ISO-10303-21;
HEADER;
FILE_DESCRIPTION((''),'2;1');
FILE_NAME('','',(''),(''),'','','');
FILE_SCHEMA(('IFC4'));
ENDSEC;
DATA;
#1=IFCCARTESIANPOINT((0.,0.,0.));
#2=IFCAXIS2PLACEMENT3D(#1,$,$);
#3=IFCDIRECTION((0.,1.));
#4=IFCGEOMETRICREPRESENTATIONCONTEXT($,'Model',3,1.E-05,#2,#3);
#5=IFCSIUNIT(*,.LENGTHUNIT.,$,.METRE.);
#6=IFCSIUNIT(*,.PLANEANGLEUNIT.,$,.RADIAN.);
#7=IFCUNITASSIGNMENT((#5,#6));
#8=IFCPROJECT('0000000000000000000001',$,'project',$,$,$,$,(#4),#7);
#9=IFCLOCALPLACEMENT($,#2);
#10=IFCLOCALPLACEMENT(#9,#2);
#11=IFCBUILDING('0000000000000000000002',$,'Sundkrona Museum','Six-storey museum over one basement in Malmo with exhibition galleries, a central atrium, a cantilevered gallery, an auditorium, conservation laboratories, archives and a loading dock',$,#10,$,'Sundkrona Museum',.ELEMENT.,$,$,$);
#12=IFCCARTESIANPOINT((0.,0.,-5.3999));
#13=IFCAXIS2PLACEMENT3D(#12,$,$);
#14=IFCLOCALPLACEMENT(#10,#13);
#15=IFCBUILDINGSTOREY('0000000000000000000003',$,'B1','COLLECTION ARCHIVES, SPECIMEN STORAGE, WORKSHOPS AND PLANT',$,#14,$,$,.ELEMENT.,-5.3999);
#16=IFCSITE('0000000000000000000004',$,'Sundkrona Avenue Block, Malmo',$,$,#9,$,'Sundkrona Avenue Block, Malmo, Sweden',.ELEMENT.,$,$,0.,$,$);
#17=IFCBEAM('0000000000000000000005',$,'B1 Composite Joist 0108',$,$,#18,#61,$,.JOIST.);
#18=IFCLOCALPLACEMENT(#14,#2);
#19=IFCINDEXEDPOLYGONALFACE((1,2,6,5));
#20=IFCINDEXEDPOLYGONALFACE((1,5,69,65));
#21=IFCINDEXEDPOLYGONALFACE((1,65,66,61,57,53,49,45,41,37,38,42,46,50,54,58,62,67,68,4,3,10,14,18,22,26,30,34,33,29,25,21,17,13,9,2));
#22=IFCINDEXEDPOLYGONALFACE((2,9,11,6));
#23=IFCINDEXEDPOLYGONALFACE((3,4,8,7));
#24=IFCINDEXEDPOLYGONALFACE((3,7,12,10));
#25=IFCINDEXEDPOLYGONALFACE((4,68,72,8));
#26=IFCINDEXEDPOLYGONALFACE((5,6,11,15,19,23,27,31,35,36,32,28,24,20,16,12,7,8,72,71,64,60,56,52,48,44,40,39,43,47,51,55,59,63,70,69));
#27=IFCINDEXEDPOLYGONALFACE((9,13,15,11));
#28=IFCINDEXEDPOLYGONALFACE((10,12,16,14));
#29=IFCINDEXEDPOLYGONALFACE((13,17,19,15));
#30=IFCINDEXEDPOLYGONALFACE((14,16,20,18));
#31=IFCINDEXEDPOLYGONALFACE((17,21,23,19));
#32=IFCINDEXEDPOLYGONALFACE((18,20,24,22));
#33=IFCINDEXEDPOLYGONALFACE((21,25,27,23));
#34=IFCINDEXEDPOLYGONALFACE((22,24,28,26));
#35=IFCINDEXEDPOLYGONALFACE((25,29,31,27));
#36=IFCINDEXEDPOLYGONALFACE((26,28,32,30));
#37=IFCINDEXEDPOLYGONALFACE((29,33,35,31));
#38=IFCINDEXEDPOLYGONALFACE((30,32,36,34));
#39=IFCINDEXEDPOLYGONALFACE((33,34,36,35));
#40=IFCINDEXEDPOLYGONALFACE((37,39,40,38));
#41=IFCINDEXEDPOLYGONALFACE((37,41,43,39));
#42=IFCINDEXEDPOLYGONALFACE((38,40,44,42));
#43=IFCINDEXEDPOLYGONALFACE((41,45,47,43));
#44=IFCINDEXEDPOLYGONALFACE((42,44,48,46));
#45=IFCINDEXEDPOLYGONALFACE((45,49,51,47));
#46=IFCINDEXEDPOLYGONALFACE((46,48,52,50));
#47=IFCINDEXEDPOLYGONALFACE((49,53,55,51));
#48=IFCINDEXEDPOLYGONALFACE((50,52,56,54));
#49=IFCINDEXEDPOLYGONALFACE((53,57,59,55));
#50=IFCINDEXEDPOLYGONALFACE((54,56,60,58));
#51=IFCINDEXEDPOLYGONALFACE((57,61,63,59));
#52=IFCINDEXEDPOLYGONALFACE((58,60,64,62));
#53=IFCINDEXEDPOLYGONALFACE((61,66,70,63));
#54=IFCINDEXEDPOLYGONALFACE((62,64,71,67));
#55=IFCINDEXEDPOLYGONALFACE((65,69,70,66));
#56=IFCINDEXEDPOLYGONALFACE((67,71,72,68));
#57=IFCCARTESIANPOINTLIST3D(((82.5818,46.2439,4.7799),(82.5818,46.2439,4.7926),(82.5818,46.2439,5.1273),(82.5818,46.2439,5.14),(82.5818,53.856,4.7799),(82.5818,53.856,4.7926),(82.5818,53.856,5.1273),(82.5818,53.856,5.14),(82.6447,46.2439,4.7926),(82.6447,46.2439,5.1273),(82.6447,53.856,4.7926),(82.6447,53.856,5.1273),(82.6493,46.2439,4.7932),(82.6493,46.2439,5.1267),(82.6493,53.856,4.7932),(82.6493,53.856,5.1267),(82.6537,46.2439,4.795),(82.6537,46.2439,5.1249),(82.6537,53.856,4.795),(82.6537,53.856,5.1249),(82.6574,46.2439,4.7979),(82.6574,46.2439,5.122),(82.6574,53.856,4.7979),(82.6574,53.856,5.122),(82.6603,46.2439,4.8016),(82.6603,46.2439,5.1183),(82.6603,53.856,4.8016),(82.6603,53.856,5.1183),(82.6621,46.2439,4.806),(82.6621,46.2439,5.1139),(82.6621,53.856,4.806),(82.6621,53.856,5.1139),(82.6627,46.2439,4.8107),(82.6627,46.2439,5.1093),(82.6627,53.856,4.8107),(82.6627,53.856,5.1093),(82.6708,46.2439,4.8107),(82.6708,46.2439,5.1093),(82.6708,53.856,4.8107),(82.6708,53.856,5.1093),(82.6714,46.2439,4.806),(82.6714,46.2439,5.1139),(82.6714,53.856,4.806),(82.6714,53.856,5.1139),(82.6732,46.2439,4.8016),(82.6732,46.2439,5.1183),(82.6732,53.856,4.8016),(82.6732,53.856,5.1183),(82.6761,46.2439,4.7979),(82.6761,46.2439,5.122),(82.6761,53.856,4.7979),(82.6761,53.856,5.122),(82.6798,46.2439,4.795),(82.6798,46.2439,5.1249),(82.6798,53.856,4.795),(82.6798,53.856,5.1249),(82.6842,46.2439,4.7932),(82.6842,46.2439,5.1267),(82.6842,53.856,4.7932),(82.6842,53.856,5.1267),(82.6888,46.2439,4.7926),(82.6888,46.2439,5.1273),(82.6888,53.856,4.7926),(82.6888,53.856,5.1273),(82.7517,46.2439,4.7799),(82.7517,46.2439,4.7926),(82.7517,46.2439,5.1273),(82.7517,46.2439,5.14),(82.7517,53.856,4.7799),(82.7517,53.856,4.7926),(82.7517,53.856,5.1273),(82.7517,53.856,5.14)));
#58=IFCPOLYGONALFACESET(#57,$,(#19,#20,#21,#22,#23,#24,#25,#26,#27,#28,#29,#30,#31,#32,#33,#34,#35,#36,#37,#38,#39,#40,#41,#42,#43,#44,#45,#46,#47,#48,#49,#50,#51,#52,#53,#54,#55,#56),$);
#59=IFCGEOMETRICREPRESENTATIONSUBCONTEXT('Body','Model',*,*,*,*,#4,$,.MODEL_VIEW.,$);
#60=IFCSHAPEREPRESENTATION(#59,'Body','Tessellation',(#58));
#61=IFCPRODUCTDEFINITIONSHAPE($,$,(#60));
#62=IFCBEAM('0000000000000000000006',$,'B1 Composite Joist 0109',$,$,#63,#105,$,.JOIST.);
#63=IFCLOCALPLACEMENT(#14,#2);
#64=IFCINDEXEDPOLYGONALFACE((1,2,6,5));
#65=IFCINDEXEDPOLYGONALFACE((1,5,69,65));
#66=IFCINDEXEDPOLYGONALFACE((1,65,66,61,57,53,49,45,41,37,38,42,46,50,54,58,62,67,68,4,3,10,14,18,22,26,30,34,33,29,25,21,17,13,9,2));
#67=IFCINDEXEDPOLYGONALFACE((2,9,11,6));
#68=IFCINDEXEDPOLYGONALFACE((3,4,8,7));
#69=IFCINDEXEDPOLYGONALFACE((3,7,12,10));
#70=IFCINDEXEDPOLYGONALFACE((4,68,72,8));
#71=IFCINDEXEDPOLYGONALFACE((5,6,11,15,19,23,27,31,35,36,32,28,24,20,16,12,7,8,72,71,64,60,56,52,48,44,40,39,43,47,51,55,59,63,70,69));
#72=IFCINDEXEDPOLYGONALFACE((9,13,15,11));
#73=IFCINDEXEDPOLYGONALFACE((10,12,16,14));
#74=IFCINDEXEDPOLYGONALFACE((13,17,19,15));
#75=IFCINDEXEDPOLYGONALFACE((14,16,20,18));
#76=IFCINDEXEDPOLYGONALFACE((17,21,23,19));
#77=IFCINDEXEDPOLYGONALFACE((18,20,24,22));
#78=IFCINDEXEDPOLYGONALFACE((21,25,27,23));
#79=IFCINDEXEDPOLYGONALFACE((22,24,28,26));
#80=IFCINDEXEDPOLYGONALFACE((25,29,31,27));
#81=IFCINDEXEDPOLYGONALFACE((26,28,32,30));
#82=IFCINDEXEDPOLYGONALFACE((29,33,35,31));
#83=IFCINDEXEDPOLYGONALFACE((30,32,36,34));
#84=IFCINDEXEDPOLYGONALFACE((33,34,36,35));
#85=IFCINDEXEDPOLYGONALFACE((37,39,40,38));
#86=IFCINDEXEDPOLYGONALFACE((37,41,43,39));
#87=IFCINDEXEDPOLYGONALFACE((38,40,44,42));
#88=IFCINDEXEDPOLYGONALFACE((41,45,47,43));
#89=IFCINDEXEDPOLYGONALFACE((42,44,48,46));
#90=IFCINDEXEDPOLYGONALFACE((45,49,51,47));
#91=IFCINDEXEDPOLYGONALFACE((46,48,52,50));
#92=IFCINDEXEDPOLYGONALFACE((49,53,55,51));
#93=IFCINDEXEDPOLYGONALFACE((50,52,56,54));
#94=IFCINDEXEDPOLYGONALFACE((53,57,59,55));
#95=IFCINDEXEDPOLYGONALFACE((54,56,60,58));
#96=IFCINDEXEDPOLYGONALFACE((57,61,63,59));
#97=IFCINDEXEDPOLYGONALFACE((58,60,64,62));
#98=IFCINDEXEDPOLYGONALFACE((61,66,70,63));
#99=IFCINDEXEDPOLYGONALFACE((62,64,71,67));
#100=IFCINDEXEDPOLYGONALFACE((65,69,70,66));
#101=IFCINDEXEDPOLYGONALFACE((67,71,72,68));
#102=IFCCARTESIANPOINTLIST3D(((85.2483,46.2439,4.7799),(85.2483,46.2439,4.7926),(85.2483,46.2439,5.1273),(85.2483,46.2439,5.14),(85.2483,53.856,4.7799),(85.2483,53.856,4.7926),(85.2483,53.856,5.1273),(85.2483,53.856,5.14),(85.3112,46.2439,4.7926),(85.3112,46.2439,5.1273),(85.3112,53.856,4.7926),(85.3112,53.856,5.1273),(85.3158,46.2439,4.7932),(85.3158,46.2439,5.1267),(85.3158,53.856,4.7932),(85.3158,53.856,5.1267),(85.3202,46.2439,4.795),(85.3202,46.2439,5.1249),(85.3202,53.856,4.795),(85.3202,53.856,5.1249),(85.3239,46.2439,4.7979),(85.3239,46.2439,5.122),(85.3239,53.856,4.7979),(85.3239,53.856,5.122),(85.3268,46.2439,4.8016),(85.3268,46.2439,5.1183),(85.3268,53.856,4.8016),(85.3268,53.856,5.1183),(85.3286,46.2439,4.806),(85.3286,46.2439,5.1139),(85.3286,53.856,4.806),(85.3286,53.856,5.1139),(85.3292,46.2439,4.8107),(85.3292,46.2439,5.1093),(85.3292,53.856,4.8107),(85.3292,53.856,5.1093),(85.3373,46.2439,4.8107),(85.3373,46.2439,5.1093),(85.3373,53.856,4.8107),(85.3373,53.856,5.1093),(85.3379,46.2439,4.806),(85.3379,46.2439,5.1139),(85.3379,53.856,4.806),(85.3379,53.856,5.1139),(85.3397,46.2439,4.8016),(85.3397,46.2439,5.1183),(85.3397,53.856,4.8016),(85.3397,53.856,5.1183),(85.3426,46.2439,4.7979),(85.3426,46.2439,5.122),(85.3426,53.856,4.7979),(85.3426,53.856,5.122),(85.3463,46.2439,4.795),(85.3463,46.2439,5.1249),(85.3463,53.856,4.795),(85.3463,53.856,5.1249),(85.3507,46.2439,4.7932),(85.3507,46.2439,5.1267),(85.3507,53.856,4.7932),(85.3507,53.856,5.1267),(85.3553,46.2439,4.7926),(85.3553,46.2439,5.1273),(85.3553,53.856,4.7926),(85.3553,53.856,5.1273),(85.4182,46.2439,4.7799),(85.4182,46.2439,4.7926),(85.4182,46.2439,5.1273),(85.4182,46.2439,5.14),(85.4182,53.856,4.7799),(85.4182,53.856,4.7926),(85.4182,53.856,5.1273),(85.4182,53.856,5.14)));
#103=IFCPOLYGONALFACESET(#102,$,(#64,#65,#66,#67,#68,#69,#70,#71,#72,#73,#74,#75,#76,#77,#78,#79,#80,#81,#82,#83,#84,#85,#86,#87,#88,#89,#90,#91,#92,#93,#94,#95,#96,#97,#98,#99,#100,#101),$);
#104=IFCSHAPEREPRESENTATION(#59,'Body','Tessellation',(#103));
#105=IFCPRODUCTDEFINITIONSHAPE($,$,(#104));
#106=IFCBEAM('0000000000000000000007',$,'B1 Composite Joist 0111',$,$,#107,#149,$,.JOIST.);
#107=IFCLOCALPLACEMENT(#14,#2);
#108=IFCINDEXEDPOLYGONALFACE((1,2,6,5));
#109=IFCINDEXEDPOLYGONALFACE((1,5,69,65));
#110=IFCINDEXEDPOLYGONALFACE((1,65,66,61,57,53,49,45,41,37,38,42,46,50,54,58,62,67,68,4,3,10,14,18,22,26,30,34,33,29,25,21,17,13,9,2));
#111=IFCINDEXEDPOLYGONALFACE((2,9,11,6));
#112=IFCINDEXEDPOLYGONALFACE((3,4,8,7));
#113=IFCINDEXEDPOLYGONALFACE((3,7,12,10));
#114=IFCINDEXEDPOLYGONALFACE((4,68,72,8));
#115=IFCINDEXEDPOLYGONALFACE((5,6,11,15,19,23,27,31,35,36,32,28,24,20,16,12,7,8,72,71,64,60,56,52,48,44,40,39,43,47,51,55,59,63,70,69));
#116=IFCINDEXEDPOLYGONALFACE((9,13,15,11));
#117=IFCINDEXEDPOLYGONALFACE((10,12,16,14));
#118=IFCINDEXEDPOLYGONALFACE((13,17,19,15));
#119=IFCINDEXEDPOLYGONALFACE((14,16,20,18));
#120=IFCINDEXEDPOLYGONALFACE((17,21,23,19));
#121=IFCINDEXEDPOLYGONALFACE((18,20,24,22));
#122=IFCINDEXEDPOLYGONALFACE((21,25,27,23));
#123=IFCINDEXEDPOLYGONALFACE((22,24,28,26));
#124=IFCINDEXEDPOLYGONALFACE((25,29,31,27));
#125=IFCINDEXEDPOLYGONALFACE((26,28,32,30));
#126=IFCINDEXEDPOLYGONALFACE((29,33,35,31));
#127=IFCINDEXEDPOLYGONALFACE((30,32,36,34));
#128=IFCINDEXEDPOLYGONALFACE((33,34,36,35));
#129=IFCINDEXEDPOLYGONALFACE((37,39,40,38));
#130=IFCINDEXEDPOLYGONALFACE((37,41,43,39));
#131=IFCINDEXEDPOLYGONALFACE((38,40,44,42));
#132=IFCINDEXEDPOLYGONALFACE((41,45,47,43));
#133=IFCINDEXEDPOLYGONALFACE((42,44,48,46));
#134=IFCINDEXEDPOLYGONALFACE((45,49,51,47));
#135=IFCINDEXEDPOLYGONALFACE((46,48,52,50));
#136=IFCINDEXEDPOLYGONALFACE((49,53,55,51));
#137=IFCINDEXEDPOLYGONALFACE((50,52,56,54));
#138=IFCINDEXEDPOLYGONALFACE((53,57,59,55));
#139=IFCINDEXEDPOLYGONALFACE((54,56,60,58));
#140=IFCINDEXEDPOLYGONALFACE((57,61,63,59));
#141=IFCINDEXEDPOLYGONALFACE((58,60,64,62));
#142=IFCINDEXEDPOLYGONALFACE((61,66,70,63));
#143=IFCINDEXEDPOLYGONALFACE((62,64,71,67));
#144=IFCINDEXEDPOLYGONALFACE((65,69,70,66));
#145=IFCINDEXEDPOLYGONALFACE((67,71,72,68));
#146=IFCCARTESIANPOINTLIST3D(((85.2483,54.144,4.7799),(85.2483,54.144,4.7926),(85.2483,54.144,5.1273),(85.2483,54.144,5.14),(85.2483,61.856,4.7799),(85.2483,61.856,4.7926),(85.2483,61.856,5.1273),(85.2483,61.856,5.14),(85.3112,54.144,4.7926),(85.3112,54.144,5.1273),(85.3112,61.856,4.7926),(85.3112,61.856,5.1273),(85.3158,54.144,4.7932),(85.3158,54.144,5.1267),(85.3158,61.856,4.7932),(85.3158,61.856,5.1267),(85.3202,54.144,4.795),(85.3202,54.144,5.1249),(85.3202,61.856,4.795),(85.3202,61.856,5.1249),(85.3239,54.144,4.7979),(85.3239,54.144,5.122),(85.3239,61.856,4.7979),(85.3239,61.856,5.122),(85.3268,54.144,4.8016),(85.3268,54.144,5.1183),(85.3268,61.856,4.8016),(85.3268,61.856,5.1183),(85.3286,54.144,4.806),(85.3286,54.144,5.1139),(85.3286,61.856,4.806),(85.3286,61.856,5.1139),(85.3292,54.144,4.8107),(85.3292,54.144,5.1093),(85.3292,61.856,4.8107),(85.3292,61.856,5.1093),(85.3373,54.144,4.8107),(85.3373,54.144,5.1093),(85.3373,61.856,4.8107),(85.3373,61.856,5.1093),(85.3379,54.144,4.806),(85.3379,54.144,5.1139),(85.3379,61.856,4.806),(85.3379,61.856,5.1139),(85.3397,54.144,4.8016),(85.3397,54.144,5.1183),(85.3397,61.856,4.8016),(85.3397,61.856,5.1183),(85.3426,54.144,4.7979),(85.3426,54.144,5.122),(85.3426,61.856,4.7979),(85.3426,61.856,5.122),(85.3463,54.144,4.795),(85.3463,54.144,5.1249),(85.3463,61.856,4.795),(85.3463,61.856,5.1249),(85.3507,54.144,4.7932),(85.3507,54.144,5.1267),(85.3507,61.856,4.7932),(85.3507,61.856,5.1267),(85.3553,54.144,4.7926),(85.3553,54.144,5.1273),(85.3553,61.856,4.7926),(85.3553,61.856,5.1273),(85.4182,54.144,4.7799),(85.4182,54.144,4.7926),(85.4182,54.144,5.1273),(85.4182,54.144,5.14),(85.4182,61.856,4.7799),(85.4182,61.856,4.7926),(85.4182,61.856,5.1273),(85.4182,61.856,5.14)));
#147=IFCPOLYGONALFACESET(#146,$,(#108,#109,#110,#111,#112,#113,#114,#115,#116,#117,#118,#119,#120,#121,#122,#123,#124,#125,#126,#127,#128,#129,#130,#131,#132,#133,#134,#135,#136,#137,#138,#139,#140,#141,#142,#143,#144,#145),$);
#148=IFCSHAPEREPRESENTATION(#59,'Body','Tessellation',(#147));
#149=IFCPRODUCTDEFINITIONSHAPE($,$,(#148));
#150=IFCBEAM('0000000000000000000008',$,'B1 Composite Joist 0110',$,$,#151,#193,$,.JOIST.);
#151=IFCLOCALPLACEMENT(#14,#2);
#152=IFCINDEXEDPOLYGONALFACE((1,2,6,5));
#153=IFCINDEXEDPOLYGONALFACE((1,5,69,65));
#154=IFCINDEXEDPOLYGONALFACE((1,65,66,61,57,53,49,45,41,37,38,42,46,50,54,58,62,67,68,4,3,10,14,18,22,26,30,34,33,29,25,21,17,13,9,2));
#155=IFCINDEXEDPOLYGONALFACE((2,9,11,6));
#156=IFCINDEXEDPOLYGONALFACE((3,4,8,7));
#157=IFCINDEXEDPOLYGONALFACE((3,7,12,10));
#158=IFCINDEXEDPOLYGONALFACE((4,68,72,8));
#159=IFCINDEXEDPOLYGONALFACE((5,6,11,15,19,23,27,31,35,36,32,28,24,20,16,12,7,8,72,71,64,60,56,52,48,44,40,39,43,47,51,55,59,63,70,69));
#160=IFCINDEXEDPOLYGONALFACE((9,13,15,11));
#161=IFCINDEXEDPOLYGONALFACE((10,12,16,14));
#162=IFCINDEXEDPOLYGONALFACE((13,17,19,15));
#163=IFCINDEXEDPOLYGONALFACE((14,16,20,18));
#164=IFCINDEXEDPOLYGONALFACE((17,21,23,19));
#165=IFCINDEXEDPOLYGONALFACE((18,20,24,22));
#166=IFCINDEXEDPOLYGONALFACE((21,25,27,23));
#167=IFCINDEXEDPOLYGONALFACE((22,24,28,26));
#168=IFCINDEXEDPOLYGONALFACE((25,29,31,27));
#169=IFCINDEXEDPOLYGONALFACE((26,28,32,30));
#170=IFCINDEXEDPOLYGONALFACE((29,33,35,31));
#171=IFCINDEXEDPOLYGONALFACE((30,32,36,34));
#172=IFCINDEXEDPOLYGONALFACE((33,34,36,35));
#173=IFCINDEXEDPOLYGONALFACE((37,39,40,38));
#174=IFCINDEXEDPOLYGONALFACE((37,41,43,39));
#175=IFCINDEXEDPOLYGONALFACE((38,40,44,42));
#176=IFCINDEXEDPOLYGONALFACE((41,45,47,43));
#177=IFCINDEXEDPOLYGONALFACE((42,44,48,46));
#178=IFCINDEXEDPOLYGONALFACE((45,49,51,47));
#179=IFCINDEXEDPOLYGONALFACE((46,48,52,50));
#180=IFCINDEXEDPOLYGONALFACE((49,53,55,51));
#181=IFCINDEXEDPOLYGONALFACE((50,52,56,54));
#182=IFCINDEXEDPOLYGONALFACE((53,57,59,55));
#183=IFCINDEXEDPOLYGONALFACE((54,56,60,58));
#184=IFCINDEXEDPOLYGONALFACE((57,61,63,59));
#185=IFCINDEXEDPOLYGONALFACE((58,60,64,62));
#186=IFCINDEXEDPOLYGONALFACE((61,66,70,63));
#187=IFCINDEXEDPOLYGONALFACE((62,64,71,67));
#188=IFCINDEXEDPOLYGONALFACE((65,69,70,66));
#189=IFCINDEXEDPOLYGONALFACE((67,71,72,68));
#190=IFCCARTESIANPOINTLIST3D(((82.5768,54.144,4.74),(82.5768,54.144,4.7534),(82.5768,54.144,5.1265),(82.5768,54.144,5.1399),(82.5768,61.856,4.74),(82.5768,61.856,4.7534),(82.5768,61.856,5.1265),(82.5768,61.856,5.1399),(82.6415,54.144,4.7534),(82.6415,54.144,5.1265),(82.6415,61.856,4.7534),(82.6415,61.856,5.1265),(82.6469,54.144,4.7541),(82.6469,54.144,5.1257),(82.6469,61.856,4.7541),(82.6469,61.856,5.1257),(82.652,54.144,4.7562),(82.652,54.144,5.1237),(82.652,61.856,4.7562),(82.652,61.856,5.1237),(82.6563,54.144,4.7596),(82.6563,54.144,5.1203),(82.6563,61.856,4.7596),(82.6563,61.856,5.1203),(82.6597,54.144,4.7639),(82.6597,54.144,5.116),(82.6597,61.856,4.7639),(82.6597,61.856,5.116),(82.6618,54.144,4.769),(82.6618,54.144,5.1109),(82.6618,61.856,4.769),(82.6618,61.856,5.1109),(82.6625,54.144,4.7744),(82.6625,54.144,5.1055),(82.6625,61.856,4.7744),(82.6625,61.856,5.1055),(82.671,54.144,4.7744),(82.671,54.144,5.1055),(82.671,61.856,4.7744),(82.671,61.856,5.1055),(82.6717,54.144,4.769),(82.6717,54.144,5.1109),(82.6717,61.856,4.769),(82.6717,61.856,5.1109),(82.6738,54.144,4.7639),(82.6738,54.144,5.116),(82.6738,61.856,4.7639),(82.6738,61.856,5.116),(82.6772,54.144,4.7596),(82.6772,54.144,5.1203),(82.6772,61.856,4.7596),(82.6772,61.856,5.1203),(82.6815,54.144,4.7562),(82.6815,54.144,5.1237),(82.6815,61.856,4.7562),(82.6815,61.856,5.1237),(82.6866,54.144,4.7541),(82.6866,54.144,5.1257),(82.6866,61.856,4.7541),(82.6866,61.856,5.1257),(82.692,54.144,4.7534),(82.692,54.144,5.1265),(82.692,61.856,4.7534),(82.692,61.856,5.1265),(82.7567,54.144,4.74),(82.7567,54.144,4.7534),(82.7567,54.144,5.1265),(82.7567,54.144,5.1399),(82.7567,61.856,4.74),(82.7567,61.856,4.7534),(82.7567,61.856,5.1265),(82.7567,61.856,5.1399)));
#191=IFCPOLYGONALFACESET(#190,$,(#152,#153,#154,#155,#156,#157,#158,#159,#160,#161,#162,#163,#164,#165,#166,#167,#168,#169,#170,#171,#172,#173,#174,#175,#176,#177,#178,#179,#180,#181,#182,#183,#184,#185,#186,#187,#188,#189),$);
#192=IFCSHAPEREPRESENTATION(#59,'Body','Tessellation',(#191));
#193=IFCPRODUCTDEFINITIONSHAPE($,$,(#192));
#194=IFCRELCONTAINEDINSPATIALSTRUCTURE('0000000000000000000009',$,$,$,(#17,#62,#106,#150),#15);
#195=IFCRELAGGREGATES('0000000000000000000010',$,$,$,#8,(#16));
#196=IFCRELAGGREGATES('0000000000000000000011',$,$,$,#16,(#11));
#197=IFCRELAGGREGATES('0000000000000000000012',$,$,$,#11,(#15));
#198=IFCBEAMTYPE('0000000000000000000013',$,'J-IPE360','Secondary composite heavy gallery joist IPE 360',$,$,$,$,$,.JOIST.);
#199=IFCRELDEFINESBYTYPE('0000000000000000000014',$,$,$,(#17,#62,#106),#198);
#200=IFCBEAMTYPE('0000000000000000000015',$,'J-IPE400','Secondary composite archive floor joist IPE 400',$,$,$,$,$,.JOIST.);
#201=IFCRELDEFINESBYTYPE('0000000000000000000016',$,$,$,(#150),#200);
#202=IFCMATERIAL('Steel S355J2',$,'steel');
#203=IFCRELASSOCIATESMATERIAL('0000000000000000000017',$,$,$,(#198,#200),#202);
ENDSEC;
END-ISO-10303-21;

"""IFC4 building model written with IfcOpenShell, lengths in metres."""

from ifc_helpers import new_model, si_unit, direction, frame, origin, origin_2d, place, context, subcontext, project, spatial, i_section, extrude, material, material_profile, profile_set, type_object, element, save


model = new_model("IFC4")

# Units and contexts
model_context = context("Model", 3, precision=1e-05, world=origin(), true_north=direction((0.0, 1.0)))
body_context = subcontext(model_context, "Body", "Model", "MODEL_VIEW")
ifc_project = project(units=[si_unit("LENGTHUNIT", "METRE"), si_unit("PLANEANGLEUNIT", "RADIAN")], contexts=[model_context])

# Site, building, storey
site_placement = place(None, origin())
site = spatial("IfcSite", under=ifc_project, at=site_placement, Name="Sundkrona Avenue Block, Malmo", LongName="Sundkrona Avenue Block, Malmo, Sweden", CompositionType="ELEMENT", RefElevation=0.0)
building_placement = place(site_placement, origin())
building = spatial("IfcBuilding", under=site, at=building_placement, Name="Sundkrona Museum", Description="Six-storey museum over one basement in Malmo with exhibition galleries, a central atrium, a cantilevered gallery, an auditorium, conservation laboratories, archives and a loading dock", LongName="Sundkrona Museum", CompositionType="ELEMENT")
storey_placement = place(building_placement, frame((0.0, 0.0, -5.3999)))
storey = spatial("IfcBuildingStorey", under=building, at=storey_placement, Name="B1", Description="COLLECTION ARCHIVES, SPECIMEN STORAGE, WORKSHOPS AND PLANT", CompositionType="ELEMENT", Elevation=-5.3999)

# Beams
ifc_material_1 = material(Name="Steel S355J2", Category="steel")
ifc_material_profile_1 = material_profile(ifc_material_1, i_section(OverallWidth=0.1699, OverallDepth=0.3601, WebThickness=0.0081, FlangeThickness=0.0127, FilletRadius=0.0181, at=origin_2d()), Name="IPE 360")
ifc_profile_set_1 = profile_set([ifc_material_profile_1], Name="Steel S355J2")
beam_type_1 = type_object("IfcBeamType", Name="J-IPE360", Description="Secondary composite heavy gallery joist IPE 360", PredefinedType="JOIST", material=ifc_profile_set_1)
for number, where, z_axis, x_axis, name in (
    (1, (82.6667, 46.2439, 4.96), (0.0, 1.0, 0.0), (-1.0, 0.0, 0.0), "B1 Composite Joist 0108"),
    (2, (85.3333, 46.2439, 4.96), (0.0, 1.0, 0.0), (-1.0, 0.0, 0.0), "B1 Composite Joist 0109"),
):
    element("IfcBeam", number, at=place(storey_placement, frame(where, z_axis=z_axis, x_axis=x_axis)), inside=storey, type_object=beam_type_1, Name=name, PredefinedType="JOIST", context=body_context, shape_type="SweptSolid", body=[
        extrude(i_section(OverallWidth=0.1699, OverallDepth=0.3601, WebThickness=0.0081, FlangeThickness=0.0127, FilletRadius=0.0181, at=origin_2d()), origin(), (0.0, 0.0, 1.0), 7.6121),
    ])
beam_1_placement = place(storey_placement, frame((85.3333, 54.144, 4.96), z_axis=(0.0, 1.0, 0.0), x_axis=(-1.0, 0.0, 0.0)))
element("IfcBeam", 3, at=beam_1_placement, inside=storey, type_object=beam_type_1, Name="B1 Composite Joist 0111", PredefinedType="JOIST", context=body_context, shape_type="SweptSolid", body=[
    extrude(i_section(OverallWidth=0.1699, OverallDepth=0.3601, WebThickness=0.0081, FlangeThickness=0.0127, FilletRadius=0.0181, at=origin_2d()), origin(), (0.0, 0.0, 1.0), 7.7119),
])
ifc_material_profile_2 = material_profile(ifc_material_1, i_section(OverallWidth=0.1799, OverallDepth=0.3999, WebThickness=0.0085, FlangeThickness=0.0134, FilletRadius=0.021, at=origin_2d()), Name="IPE 400")
ifc_profile_set_2 = profile_set([ifc_material_profile_2], Name="Steel S355J2")
beam_type_2 = type_object("IfcBeamType", Name="J-IPE400", Description="Secondary composite archive floor joist IPE 400", PredefinedType="JOIST", material=ifc_profile_set_2)
beam_2_placement = place(storey_placement, frame((82.6667, 54.144, 4.9399), z_axis=(0.0, 1.0, 0.0), x_axis=(-1.0, 0.0, 0.0)))
element("IfcBeam", 4, at=beam_2_placement, inside=storey, type_object=beam_type_2, Name="B1 Composite Joist 0110", PredefinedType="JOIST", context=body_context, shape_type="SweptSolid", body=[
    extrude(i_section(OverallWidth=0.1799, OverallDepth=0.3999, WebThickness=0.0085, FlangeThickness=0.0134, FilletRadius=0.021, at=origin_2d()), origin(), (0.0, 0.0, 1.0), 7.7119),
])

save(model, "model.ifc")
